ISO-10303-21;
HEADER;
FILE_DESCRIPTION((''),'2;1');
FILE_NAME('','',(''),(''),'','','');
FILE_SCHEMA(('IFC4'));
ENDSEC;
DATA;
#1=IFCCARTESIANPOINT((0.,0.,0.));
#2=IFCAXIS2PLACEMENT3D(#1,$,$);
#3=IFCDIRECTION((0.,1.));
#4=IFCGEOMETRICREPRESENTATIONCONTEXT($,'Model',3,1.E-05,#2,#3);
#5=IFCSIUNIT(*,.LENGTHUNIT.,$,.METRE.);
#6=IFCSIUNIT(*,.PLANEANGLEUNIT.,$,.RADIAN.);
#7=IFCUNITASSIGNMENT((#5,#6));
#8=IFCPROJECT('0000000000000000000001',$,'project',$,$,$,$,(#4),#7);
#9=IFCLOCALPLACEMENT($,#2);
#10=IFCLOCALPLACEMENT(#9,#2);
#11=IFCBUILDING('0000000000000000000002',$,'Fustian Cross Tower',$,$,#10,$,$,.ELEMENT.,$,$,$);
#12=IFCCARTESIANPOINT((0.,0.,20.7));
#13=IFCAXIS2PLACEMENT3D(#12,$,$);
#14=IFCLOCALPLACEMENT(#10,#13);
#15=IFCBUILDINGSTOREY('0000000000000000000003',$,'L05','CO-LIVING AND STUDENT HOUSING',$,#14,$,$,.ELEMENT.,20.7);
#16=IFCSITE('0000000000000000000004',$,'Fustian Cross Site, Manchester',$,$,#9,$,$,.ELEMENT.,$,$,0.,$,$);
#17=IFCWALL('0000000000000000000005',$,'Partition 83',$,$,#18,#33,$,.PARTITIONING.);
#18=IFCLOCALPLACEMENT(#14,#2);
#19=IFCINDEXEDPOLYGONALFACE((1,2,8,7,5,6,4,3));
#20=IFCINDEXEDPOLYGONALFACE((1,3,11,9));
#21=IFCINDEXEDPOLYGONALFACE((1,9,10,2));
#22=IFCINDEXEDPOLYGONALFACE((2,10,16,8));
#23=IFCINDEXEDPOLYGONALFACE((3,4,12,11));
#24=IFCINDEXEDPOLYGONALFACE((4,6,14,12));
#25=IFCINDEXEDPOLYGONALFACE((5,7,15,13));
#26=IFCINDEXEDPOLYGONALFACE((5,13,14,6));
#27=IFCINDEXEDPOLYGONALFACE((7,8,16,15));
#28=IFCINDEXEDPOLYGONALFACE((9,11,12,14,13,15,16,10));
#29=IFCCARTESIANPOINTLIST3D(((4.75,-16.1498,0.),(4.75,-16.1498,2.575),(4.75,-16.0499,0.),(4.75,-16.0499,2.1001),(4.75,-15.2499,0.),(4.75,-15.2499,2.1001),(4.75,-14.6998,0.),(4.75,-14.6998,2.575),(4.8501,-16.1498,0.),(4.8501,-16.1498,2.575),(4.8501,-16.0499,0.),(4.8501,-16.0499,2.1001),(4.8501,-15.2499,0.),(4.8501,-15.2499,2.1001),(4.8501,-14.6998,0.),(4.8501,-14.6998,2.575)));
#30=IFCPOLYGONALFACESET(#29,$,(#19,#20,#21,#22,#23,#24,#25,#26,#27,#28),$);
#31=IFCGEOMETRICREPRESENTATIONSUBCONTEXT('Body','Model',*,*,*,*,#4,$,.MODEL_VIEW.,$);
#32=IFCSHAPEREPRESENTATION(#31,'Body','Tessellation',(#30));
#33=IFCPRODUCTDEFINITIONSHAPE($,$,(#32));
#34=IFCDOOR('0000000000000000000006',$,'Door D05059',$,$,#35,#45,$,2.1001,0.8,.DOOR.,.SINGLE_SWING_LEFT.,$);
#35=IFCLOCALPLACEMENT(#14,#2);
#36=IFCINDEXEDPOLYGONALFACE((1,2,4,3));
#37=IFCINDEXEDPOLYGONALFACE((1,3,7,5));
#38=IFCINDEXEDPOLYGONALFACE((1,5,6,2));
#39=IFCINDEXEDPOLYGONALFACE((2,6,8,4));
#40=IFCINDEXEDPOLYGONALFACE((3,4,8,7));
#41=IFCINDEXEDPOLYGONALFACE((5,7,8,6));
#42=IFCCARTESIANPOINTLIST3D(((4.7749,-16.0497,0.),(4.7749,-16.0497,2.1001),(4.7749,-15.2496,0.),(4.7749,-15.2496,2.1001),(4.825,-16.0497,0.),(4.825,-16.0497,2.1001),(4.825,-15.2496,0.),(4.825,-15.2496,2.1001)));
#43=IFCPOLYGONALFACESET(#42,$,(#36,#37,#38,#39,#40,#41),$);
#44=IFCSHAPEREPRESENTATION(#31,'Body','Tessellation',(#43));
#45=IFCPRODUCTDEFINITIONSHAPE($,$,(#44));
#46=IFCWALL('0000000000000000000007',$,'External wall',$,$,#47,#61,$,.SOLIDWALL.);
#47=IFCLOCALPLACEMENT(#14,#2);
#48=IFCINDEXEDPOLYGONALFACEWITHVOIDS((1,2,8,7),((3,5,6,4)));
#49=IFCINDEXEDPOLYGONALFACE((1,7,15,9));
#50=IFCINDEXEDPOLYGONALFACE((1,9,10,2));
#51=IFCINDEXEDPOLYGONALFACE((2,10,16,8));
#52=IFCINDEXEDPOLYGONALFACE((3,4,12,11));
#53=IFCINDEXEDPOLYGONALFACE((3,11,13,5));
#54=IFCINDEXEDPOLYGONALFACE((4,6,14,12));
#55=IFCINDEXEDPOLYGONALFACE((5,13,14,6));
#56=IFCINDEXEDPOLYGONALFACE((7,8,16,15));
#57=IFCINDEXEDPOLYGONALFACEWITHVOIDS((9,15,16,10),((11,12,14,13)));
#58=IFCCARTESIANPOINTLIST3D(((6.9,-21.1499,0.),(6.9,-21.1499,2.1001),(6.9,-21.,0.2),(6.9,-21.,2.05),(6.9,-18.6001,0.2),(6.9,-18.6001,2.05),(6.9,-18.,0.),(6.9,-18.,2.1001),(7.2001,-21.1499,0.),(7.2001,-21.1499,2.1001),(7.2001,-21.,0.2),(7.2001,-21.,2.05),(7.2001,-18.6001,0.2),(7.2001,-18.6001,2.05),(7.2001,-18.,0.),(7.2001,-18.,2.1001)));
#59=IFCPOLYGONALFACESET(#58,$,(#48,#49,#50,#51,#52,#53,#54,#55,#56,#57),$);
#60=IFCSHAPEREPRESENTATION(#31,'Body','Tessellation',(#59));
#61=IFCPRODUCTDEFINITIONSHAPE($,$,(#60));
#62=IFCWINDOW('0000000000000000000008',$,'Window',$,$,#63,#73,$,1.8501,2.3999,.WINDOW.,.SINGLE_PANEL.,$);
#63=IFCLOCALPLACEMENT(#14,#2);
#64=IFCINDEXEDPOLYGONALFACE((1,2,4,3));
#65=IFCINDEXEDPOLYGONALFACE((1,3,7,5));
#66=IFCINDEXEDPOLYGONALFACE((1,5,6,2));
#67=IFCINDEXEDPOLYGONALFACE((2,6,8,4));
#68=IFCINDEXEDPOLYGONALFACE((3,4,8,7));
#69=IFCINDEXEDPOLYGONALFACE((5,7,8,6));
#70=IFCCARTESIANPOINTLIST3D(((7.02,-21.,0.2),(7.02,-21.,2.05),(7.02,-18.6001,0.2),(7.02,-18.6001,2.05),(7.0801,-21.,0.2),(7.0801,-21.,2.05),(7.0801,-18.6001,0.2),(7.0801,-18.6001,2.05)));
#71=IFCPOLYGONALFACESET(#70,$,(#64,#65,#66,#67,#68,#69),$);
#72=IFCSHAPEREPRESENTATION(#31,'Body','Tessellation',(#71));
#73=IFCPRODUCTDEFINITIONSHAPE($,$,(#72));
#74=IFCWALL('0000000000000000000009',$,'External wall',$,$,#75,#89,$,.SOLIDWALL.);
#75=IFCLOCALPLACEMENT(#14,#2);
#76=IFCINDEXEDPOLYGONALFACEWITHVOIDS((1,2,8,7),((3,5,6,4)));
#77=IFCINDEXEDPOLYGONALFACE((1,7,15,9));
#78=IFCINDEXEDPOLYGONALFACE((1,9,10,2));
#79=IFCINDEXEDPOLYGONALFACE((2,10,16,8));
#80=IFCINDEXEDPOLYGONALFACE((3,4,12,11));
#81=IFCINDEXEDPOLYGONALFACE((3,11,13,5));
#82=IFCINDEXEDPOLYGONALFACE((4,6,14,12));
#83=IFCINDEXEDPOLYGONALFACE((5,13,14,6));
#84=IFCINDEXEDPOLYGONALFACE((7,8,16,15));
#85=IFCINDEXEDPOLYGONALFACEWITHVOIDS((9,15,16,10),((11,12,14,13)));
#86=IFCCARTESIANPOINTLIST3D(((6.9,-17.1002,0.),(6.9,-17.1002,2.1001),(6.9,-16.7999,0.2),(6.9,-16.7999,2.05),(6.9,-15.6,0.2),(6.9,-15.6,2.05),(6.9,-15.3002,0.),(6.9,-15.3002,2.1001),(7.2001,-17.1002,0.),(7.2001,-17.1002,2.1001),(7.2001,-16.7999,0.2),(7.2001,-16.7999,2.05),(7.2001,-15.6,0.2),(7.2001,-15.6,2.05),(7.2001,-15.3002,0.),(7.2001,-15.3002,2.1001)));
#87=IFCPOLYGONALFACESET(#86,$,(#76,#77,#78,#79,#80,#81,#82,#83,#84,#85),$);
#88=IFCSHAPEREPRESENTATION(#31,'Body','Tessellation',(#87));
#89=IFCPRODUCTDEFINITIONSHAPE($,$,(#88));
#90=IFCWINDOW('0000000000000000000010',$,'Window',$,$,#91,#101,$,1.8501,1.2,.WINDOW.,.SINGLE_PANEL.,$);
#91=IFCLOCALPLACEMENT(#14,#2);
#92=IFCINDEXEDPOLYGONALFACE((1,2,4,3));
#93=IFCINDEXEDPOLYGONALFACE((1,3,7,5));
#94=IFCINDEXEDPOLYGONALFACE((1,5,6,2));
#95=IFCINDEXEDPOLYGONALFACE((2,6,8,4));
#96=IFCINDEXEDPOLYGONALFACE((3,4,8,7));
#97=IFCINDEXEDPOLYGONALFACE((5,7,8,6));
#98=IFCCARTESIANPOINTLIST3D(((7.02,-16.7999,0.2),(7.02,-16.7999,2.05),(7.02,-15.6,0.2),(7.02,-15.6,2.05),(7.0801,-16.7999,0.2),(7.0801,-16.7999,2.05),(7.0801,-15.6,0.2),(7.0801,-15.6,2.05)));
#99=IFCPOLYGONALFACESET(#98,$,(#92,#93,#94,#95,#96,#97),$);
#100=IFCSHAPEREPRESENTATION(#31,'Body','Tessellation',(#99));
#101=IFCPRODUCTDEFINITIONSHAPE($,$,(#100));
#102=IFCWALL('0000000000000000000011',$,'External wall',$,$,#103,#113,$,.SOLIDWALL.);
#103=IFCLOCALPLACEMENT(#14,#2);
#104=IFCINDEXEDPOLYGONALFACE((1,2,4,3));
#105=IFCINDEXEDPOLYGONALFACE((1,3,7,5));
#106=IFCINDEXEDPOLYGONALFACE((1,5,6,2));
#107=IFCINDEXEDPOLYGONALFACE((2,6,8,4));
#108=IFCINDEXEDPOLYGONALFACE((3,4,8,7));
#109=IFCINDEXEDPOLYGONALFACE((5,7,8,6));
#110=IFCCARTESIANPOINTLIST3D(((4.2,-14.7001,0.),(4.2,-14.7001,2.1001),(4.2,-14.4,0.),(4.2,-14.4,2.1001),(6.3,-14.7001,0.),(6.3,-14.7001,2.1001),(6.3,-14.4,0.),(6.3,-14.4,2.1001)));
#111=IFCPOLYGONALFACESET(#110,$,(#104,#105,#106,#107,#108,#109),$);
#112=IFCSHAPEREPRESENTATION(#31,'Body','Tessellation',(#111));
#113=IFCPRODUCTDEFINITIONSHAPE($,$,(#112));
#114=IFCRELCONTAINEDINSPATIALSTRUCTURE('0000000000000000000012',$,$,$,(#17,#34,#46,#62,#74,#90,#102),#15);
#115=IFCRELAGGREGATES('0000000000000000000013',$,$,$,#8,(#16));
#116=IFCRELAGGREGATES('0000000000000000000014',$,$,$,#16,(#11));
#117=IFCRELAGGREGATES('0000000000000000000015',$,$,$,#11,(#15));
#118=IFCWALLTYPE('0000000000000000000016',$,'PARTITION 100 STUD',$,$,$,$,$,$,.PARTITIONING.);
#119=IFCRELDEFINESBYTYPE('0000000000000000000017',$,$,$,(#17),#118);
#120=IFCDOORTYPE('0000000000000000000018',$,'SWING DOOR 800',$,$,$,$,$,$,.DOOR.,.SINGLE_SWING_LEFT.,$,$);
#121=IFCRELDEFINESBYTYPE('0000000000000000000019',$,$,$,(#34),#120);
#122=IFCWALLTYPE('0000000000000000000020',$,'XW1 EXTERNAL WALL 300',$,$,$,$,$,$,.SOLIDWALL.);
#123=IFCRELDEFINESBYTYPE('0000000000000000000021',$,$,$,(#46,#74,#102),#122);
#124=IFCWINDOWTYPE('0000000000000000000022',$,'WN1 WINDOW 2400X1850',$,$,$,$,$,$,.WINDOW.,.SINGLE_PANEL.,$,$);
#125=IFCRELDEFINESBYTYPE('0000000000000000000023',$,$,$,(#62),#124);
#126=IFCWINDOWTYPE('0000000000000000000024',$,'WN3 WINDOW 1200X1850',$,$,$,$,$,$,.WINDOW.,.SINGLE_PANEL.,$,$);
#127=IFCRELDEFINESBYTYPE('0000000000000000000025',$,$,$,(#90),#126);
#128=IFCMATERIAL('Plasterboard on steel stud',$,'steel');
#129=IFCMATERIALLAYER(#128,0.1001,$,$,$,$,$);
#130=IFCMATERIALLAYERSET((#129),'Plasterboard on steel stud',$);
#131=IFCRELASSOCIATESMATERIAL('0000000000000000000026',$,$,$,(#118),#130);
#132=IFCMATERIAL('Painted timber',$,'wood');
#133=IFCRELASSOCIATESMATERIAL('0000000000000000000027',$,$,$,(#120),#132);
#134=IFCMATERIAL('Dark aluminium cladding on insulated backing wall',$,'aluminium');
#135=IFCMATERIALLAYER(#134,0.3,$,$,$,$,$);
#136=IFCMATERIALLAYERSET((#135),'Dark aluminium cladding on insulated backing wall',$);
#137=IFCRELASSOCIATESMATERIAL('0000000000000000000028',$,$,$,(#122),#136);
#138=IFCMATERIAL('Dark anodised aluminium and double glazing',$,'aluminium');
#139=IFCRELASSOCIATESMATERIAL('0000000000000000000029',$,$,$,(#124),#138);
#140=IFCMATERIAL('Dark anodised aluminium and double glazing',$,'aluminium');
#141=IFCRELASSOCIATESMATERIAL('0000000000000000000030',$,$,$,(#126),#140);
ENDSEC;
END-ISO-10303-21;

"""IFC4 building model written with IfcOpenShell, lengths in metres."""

from ifc_helpers import new_model, si_unit, direction, frame, frame_2d, origin, place, context, subcontext, project, spatial, rectangle, extrude, material, layer, layer_set, type_object, element, fill, save


model = new_model("IFC4")

# Units and contexts
model_context = context("Model", 3, precision=1e-05, world=origin(), true_north=direction((0.0, 1.0)))
body_context = subcontext(model_context, "Body", "Model", "MODEL_VIEW")
ifc_project = project(units=[si_unit("LENGTHUNIT", "METRE"), si_unit("PLANEANGLEUNIT", "RADIAN")], contexts=[model_context])

# Site, building, storey
site_placement = place(None, origin())
site = spatial("IfcSite", under=ifc_project, at=site_placement, Name="Fustian Cross Site, Manchester", CompositionType="ELEMENT", RefElevation=0.0)
building_placement = place(site_placement, origin())
building = spatial("IfcBuilding", under=site, at=building_placement, Name="Fustian Cross Tower", CompositionType="ELEMENT")
storey_placement = place(building_placement, frame((0.0, 0.0, 20.7)))
storey = spatial("IfcBuildingStorey", under=building, at=storey_placement, Name="L05", Description="CO-LIVING AND STUDENT HOUSING", CompositionType="ELEMENT", Elevation=20.7)

# Shared definitions
ifc_material_1 = material(Name="Plasterboard on steel stud", Category="steel")
ifc_layer_1 = layer(ifc_material_1, 0.1001)
ifc_layer_set_1 = layer_set([ifc_layer_1], Name="Plasterboard on steel stud")
wall_type_1 = type_object("IfcWallType", Name="PARTITION 100 STUD", PredefinedType="PARTITIONING", material=ifc_layer_set_1)

# Shared definitions
ifc_material_2 = material(Name="Painted timber", Category="wood")
door_type = type_object("IfcDoorType", Name="SWING DOOR 800", OperationType="SINGLE_SWING_LEFT", PredefinedType="DOOR", material=ifc_material_2)

# Wall, opening, door
wall_1_placement = place(storey_placement, frame((4.8, -16.1499, 0.0), z_axis=(0.0, 0.0, 1.0), x_axis=(0.0, 1.0, 0.0)))
wall_1 = element("IfcWall", 1, at=wall_1_placement, inside=storey, type_object=wall_type_1, Name="Partition 83", PredefinedType="PARTITIONING", context=body_context, shape_type="SweptSolid", body=[
    extrude(rectangle(XDim=1.45, YDim=0.1001, at=frame_2d((0.7251, 0.0))), origin(), (0.0, 0.0, 1.0), 2.575),
])
opening_1_placement = place(wall_1_placement, frame((0.1001, 0.0, 0.0)))
opening_1 = element("IfcOpeningElement", 2, at=opening_1_placement, cuts=wall_1, PredefinedType="OPENING", context=body_context, shape_type="SweptSolid", body=[
    extrude(rectangle(XDim=0.8, YDim=2.1001, at=frame_2d((0.3999, 1.05))), frame((0.0, 0.0601, 0.0), z_axis=(0.0, -1.0, 0.0), x_axis=(1.0, 0.0, 0.0)), (0.0, 0.0, 1.0), 0.1201),
])
door_1_placement = place(opening_1_placement, frame((0.8, 0.0, 0.0), z_axis=(0.0, 0.0, 1.0), x_axis=(-1.0, 0.0, 0.0)))
door_1 = element("IfcDoor", 3, at=door_1_placement, inside=storey, type_object=door_type, Name="Door D05059", OperationType="SINGLE_SWING_LEFT", OverallHeight=2.1001, OverallWidth=0.8, PredefinedType="DOOR", context=body_context, shape_type="SweptSolid", body=[
    extrude(rectangle(XDim=0.8, YDim=2.1001, at=frame_2d((0.3999, 1.05))), frame((0.0, 0.0249, 0.0), z_axis=(0.0, -1.0, 0.0), x_axis=(1.0, 0.0, 0.0)), (0.0, 0.0, 1.0), 0.05),
])
fill(opening_1, door_1)

# Walls, openings, windows
ifc_material_3 = material(Name="Dark aluminium cladding on insulated backing wall", Category="aluminium")
ifc_layer_2 = layer(ifc_material_3, 0.3)
ifc_layer_set_2 = layer_set([ifc_layer_2], Name="Dark aluminium cladding on insulated backing wall")
wall_type_2 = type_object("IfcWallType", Name="XW1 EXTERNAL WALL 300", PredefinedType="SOLIDWALL", material=ifc_layer_set_2)
wall_2_placement = place(storey_placement, frame((7.05, -21.1499, 0.0), z_axis=(0.0, 0.0, 1.0), x_axis=(0.0, 1.0, 0.0)))
wall_2 = element("IfcWall", 4, at=wall_2_placement, inside=storey, type_object=wall_type_2, Name="External wall", PredefinedType="SOLIDWALL", context=body_context, shape_type="SweptSolid", body=[
    extrude(rectangle(XDim=3.1499, YDim=0.3, at=frame_2d((1.575, 0.0))), origin(), (0.0, 0.0, 1.0), 2.1001),
])
opening_2_placement = place(wall_2_placement, frame((0.1499, 0.0, 0.2)))
opening_2 = element("IfcOpeningElement", 5, at=opening_2_placement, cuts=wall_2, PredefinedType="OPENING", context=body_context, shape_type="SweptSolid", body=[
    extrude(rectangle(XDim=2.3999, YDim=1.8501, at=frame_2d((1.2, 0.925))), frame((0.0, 0.1599, 0.0), z_axis=(0.0, -1.0, 0.0), x_axis=(1.0, 0.0, 0.0)), (0.0, 0.0, 1.0), 0.3201),
])
ifc_material_4 = material(Name="Dark anodised aluminium and double glazing", Category="aluminium")
window_type_1 = type_object("IfcWindowType", Name="WN1 WINDOW 2400X1850", PartitioningType="SINGLE_PANEL", PredefinedType="WINDOW", material=ifc_material_4)
window_1_placement = place(opening_2_placement, origin())
window_1 = element("IfcWindow", 6, at=window_1_placement, inside=storey, type_object=window_type_1, Name="Window", OverallHeight=1.8501, OverallWidth=2.3999, PartitioningType="SINGLE_PANEL", PredefinedType="WINDOW", context=body_context, shape_type="SweptSolid", body=[
    extrude(rectangle(XDim=2.3999, YDim=1.8501, at=frame_2d((1.2, 0.925))), frame((0.0, 0.03, 0.0), z_axis=(0.0, -1.0, 0.0), x_axis=(1.0, 0.0, 0.0)), (0.0, 0.0, 1.0), 0.0601),
])
fill(opening_2, window_1)
wall_3_placement = place(storey_placement, frame((7.05, -17.1001, 0.0), z_axis=(0.0, 0.0, 1.0), x_axis=(0.0, 1.0, 0.0)))
wall_3 = element("IfcWall", 7, at=wall_3_placement, inside=storey, type_object=wall_type_2, Name="External wall", PredefinedType="SOLIDWALL", context=body_context, shape_type="SweptSolid", body=[
    extrude(rectangle(XDim=1.8, YDim=0.3, at=frame_2d((0.8999, 0.0))), origin(), (0.0, 0.0, 1.0), 2.1001),
])
opening_3_placement = place(wall_3_placement, frame((0.3, 0.0, 0.2)))
opening_3 = element("IfcOpeningElement", 8, at=opening_3_placement, cuts=wall_3, PredefinedType="OPENING", context=body_context, shape_type="SweptSolid", body=[
    extrude(rectangle(XDim=1.2, YDim=1.8501, at=frame_2d((0.6001, 0.925))), frame((0.0, 0.1599, 0.0), z_axis=(0.0, -1.0, 0.0), x_axis=(1.0, 0.0, 0.0)), (0.0, 0.0, 1.0), 0.3201),
])
ifc_material_5 = material(Name="Dark anodised aluminium and double glazing", Category="aluminium")
window_type_2 = type_object("IfcWindowType", Name="WN3 WINDOW 1200X1850", PartitioningType="SINGLE_PANEL", PredefinedType="WINDOW", material=ifc_material_5)
window_2_placement = place(opening_3_placement, origin())
window_2 = element("IfcWindow", 9, at=window_2_placement, inside=storey, type_object=window_type_2, Name="Window", OverallHeight=1.8501, OverallWidth=1.2, PartitioningType="SINGLE_PANEL", PredefinedType="WINDOW", context=body_context, shape_type="SweptSolid", body=[
    extrude(rectangle(XDim=1.2, YDim=1.8501, at=frame_2d((0.6001, 0.925))), frame((0.0, 0.03, 0.0), z_axis=(0.0, -1.0, 0.0), x_axis=(1.0, 0.0, 0.0)), (0.0, 0.0, 1.0), 0.0601),
])
fill(opening_3, window_2)

# Wall
wall_4_placement = place(storey_placement, frame((6.3, -14.55, 0.0), z_axis=(0.0, 0.0, 1.0), x_axis=(-1.0, 0.0, 0.0)))
element("IfcWall", 10, at=wall_4_placement, inside=storey, type_object=wall_type_2, Name="External wall", PredefinedType="SOLIDWALL", context=body_context, shape_type="SweptSolid", body=[
    extrude(rectangle(XDim=2.1001, YDim=0.3, at=frame_2d((1.05, 0.0))), origin(), (0.0, 0.0, 1.0), 2.1001),
])

save(model, "model.ifc")
